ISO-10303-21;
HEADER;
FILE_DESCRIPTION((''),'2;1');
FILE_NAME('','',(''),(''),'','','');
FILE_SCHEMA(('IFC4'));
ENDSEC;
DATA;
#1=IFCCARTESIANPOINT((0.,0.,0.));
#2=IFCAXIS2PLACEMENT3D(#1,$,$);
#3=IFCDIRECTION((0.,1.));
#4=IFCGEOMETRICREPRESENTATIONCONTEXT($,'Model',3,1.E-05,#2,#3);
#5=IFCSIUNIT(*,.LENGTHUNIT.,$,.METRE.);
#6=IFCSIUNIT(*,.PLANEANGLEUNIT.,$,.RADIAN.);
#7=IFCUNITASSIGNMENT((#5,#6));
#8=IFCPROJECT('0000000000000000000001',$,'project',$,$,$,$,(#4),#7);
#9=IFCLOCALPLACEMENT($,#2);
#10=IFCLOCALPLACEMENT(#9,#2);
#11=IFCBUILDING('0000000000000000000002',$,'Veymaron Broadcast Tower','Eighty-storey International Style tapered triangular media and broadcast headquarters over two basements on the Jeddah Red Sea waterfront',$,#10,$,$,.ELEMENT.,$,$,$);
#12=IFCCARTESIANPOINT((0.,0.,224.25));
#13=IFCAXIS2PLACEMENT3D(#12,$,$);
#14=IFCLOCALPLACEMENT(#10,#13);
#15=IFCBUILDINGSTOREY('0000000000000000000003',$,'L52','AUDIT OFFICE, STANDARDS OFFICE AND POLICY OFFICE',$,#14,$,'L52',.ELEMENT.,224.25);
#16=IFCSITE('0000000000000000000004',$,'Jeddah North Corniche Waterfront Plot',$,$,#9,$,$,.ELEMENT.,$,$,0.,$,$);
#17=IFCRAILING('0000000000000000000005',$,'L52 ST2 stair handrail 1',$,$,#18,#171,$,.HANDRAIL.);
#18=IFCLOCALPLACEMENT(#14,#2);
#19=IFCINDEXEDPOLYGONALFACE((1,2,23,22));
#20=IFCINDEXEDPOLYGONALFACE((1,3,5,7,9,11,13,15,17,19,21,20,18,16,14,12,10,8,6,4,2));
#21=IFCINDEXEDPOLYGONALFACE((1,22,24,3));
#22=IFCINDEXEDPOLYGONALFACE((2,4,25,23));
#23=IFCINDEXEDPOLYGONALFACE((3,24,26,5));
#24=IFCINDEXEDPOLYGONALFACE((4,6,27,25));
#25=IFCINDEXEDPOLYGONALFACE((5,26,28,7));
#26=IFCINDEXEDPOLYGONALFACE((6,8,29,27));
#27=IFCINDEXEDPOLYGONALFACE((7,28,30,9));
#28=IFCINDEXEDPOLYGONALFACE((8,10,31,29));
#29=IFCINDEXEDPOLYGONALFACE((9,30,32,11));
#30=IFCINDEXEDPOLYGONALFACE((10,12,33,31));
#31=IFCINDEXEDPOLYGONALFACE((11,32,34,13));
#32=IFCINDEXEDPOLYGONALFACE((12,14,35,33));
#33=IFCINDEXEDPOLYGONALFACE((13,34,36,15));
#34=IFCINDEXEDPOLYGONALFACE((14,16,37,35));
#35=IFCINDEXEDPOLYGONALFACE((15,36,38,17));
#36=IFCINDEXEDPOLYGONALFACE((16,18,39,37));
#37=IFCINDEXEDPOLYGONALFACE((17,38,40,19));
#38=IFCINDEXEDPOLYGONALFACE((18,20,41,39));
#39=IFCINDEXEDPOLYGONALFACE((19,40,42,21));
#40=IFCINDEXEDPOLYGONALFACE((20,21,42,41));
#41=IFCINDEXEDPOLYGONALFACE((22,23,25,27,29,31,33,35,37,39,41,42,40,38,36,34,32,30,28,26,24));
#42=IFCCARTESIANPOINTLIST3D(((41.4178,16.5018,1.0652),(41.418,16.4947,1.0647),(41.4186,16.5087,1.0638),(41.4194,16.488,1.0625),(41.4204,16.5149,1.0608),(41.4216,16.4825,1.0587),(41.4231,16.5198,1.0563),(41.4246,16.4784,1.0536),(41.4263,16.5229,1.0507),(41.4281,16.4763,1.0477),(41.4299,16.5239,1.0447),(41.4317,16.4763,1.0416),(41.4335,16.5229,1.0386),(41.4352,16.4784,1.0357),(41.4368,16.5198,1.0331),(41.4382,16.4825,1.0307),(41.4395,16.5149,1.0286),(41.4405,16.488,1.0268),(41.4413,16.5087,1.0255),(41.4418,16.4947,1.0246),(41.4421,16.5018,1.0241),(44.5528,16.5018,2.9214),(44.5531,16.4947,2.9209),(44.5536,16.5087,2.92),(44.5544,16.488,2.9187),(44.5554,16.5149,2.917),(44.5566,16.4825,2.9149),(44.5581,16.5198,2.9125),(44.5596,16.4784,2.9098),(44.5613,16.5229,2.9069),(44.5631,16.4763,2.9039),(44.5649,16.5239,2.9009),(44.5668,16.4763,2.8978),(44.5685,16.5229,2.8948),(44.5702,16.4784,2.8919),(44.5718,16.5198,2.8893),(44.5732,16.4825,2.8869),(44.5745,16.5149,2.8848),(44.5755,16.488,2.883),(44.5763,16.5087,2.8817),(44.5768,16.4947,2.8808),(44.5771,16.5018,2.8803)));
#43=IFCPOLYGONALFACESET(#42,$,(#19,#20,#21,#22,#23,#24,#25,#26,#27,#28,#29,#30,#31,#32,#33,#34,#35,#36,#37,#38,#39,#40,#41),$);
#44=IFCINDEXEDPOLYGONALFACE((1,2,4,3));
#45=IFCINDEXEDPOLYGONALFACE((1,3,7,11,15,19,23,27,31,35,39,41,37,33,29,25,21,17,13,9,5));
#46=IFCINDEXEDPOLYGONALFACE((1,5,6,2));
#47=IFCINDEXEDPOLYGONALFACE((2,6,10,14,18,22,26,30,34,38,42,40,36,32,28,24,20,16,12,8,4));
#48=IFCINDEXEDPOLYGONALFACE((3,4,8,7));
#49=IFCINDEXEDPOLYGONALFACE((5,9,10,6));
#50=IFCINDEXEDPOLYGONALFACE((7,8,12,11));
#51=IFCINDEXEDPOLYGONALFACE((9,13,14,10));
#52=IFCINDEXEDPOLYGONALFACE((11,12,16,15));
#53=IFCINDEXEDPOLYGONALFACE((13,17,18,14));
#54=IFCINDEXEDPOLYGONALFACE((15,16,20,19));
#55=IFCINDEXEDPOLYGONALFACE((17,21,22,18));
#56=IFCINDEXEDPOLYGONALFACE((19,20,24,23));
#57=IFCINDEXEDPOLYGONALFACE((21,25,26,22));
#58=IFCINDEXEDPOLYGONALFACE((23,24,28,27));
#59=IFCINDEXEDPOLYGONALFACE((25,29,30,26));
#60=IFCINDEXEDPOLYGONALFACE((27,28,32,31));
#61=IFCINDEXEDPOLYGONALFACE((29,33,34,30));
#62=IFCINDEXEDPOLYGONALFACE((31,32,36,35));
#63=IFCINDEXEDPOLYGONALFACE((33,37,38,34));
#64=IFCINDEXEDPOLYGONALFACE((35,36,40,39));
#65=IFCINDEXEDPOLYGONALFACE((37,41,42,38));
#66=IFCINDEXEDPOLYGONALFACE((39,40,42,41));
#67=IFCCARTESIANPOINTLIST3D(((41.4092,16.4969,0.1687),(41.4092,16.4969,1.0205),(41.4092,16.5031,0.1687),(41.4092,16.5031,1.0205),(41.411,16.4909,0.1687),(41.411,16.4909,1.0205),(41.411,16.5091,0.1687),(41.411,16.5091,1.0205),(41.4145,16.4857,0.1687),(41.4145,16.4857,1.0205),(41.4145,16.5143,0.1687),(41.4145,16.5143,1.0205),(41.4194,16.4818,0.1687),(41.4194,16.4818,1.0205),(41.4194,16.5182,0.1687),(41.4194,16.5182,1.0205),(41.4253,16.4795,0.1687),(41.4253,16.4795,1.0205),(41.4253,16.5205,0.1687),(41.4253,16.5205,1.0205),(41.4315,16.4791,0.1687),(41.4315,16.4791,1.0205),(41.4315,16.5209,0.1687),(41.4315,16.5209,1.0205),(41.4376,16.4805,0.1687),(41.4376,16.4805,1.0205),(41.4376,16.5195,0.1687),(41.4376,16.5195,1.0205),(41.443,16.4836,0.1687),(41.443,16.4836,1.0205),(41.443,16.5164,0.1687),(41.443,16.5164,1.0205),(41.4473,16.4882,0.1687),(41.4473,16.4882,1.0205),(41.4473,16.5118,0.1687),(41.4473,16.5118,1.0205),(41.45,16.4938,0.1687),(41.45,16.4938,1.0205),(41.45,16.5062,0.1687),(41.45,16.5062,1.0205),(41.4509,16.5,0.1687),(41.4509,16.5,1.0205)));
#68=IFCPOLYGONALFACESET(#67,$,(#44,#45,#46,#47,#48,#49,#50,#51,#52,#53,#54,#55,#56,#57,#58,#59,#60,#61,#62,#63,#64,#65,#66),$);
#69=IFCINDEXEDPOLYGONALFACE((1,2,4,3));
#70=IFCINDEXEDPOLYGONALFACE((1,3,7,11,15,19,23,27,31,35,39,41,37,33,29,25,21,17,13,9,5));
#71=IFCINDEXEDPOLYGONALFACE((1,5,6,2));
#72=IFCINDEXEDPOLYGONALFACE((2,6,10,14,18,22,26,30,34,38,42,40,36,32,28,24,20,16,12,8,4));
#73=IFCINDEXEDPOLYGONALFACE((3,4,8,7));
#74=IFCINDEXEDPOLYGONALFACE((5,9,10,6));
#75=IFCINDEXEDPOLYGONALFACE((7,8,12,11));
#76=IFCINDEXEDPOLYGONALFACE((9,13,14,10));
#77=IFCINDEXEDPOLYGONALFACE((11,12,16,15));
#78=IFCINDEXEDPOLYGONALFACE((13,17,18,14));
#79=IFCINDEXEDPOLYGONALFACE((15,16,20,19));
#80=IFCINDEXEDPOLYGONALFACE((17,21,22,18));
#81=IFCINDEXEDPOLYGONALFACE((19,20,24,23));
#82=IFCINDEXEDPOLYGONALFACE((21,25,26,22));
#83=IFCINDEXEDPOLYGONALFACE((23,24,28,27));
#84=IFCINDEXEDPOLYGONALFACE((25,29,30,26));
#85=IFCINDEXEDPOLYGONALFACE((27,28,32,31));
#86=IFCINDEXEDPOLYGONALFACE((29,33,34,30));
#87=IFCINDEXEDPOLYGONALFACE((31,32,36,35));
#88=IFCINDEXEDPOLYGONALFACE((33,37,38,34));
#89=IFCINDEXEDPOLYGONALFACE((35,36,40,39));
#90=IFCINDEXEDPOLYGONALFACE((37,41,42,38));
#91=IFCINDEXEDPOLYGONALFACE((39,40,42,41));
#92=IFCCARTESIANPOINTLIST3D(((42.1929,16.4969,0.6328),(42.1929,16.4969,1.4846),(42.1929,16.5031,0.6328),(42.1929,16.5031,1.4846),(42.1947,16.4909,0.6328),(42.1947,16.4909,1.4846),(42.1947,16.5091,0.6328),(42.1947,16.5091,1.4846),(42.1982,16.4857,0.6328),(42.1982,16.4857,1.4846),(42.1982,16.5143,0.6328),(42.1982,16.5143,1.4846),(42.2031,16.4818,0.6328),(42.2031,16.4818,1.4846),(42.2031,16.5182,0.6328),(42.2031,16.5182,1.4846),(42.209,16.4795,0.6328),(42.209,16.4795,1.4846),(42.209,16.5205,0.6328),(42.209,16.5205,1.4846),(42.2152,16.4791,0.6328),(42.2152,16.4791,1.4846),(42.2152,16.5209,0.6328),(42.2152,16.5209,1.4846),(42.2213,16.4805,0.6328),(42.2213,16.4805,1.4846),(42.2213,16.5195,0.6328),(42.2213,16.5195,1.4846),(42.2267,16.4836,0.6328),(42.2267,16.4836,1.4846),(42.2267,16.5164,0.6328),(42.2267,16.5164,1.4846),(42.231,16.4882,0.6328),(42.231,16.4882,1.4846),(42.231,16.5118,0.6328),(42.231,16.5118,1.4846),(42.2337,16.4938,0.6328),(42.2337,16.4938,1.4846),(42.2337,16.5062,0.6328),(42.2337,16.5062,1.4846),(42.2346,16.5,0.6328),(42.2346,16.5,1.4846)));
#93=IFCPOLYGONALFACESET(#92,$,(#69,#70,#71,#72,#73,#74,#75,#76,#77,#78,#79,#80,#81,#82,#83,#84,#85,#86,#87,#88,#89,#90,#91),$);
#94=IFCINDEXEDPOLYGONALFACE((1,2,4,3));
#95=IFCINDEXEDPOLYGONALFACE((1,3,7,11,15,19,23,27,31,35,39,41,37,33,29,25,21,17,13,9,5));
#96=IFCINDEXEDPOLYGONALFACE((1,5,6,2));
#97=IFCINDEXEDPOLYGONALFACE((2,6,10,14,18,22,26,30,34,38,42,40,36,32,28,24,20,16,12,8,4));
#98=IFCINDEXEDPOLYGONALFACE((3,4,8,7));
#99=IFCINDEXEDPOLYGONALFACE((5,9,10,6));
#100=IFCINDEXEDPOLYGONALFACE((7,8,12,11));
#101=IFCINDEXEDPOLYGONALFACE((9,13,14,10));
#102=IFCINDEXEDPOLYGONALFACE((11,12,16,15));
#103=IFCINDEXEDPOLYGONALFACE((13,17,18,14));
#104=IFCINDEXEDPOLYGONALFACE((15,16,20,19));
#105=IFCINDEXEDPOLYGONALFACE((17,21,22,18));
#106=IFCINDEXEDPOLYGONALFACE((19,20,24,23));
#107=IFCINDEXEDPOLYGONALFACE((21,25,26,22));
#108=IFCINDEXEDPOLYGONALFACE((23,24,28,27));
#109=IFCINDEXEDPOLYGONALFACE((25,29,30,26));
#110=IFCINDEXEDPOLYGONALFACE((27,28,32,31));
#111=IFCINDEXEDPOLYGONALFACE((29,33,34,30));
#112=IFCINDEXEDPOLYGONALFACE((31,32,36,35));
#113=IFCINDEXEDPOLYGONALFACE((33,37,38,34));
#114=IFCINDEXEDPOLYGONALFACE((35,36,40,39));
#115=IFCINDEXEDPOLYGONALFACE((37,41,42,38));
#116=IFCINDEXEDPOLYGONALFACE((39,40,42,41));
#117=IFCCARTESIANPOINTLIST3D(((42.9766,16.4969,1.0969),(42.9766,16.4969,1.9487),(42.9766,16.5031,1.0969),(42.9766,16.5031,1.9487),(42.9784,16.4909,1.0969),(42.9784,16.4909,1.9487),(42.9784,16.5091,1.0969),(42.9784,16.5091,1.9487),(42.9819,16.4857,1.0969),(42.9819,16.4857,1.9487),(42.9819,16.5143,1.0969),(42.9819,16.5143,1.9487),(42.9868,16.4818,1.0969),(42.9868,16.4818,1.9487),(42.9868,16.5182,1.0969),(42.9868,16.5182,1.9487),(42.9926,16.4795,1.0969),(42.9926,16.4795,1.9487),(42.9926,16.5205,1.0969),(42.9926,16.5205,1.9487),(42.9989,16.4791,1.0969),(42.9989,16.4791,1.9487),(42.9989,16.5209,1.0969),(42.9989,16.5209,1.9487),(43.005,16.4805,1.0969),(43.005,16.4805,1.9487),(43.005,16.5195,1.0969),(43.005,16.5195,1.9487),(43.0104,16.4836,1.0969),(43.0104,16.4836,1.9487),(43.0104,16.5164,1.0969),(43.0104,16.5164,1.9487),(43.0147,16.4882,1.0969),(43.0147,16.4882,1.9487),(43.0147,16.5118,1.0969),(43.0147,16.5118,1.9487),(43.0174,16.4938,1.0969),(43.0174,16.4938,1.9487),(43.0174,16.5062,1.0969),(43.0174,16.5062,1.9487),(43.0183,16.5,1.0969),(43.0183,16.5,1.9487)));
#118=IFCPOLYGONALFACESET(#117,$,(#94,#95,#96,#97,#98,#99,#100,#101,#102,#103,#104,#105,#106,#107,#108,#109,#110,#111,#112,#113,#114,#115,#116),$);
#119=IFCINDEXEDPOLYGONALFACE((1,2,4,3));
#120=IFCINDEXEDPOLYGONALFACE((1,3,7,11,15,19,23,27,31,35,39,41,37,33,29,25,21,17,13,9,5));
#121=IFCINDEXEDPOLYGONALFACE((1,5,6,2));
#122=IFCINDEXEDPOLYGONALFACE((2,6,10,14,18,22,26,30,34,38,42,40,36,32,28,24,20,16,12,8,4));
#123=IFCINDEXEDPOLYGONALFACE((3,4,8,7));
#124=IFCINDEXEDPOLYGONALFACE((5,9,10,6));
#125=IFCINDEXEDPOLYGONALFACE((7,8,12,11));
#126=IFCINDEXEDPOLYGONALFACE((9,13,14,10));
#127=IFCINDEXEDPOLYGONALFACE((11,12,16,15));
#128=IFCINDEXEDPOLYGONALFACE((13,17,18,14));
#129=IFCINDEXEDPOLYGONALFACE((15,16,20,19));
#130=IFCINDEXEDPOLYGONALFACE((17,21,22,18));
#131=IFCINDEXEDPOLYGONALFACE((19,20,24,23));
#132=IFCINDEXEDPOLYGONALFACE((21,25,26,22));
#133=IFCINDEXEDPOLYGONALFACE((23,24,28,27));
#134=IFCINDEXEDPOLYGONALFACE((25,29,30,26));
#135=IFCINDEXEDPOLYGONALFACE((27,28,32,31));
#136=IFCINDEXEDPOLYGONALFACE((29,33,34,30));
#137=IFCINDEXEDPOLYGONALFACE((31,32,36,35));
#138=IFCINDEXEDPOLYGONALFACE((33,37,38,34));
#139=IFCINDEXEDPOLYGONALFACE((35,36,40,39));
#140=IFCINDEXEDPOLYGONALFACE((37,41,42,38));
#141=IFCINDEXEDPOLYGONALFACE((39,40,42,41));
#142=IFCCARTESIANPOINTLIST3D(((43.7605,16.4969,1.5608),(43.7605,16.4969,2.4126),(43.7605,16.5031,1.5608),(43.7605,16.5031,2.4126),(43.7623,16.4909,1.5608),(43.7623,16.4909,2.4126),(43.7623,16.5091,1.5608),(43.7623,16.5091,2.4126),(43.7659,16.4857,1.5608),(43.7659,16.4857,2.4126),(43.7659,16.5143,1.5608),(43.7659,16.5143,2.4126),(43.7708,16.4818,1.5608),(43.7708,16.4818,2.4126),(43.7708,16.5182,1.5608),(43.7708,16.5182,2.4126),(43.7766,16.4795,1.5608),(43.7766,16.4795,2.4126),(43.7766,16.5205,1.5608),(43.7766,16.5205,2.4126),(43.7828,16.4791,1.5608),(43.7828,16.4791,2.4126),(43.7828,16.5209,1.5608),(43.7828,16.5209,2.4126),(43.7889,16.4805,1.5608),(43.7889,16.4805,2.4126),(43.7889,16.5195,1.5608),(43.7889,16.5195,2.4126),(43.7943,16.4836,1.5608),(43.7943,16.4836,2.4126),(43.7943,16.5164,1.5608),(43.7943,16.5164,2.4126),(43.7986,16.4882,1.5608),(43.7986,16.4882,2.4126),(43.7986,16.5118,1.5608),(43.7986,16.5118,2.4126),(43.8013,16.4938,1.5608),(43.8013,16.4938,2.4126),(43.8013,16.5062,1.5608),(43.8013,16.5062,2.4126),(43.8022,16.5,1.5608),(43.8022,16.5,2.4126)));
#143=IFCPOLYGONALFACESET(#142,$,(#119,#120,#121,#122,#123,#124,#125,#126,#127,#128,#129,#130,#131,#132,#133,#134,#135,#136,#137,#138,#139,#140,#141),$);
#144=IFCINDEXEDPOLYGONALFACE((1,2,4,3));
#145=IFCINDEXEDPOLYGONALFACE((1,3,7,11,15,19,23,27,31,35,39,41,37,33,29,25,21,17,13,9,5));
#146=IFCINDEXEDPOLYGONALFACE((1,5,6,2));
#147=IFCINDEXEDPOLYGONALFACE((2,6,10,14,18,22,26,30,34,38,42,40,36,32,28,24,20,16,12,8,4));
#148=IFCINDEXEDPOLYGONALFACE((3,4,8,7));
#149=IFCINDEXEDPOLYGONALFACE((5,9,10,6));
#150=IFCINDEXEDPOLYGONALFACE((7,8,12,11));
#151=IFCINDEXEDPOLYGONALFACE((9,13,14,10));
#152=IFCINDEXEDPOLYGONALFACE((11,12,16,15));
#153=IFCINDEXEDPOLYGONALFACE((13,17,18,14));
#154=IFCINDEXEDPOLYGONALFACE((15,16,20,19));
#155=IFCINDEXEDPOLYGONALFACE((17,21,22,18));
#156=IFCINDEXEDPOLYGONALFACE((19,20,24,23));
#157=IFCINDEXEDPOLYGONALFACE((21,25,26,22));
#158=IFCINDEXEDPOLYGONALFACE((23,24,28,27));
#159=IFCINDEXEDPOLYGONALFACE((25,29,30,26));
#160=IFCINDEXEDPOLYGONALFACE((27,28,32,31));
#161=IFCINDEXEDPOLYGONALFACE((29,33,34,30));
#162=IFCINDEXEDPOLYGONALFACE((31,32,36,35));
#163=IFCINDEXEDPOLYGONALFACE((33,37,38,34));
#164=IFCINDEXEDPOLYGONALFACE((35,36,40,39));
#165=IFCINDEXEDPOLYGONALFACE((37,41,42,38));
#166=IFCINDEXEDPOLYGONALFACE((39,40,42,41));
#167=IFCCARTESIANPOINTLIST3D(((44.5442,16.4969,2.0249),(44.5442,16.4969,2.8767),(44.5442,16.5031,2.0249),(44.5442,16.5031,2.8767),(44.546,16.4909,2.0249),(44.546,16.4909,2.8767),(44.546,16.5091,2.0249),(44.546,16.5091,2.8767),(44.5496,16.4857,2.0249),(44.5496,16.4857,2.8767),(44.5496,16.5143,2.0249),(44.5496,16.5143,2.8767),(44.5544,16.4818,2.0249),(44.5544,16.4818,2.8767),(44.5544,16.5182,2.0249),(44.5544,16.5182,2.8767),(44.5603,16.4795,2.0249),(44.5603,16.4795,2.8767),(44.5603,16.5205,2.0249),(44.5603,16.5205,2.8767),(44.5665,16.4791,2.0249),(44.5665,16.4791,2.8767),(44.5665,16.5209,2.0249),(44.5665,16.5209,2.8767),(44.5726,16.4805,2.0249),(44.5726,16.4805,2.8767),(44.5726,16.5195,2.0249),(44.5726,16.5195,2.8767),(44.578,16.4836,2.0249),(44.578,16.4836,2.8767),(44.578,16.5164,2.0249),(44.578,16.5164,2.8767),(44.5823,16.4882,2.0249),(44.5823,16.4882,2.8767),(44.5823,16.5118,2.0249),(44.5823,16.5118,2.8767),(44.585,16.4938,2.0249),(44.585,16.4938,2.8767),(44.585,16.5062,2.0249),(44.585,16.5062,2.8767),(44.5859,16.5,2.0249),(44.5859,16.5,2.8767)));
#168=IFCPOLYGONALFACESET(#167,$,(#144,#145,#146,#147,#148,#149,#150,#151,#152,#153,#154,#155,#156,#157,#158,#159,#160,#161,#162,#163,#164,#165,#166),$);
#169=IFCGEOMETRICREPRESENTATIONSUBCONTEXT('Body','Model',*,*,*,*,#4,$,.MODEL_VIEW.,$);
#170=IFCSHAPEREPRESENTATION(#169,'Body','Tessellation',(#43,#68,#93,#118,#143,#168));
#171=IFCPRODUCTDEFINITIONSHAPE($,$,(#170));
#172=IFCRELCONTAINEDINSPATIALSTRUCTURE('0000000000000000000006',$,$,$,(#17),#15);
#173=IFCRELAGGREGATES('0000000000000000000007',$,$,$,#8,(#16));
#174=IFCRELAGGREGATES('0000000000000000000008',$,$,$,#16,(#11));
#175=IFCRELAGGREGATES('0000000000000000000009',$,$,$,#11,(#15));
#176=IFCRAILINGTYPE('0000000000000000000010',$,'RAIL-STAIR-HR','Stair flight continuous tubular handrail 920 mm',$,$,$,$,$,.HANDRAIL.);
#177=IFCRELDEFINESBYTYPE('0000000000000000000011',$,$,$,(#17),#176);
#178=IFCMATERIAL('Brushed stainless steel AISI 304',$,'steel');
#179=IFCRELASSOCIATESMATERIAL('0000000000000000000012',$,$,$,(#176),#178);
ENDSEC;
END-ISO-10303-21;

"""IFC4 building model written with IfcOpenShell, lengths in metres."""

from ifc_helpers import new_model, si_unit, direction, frame, origin, origin_2d, place, context, subcontext, project, spatial, circle, extrude, material, type_object, element, save


model = new_model("IFC4")

# Units and contexts
model_context = context("Model", 3, precision=1e-05, world=origin(), true_north=direction((0.0, 1.0)))
body_context = subcontext(model_context, "Body", "Model", "MODEL_VIEW")
ifc_project = project(units=[si_unit("LENGTHUNIT", "METRE"), si_unit("PLANEANGLEUNIT", "RADIAN")], contexts=[model_context])

# Site, building, storey
site_placement = place(None, origin())
site = spatial("IfcSite", under=ifc_project, at=site_placement, Name="Jeddah North Corniche Waterfront Plot", CompositionType="ELEMENT", RefElevation=0.0)
building_placement = place(site_placement, origin())
building = spatial("IfcBuilding", under=site, at=building_placement, Name="Veymaron Broadcast Tower", Description="Eighty-storey International Style tapered triangular media and broadcast headquarters over two basements on the Jeddah Red Sea waterfront", CompositionType="ELEMENT")
storey_placement = place(building_placement, frame((0.0, 0.0, 224.25)))
storey = spatial("IfcBuildingStorey", under=building, at=storey_placement, Name="L52", Description="AUDIT OFFICE, STANDARDS OFFICE AND POLICY OFFICE", LongName="L52", CompositionType="ELEMENT", Elevation=224.25)

# Railing
ifc_material_1 = material(Name="Brushed stainless steel AISI 304", Category="steel")
railing_type_1 = type_object("IfcRailingType", Name="RAIL-STAIR-HR", Description="Stair flight continuous tubular handrail 920 mm", PredefinedType="HANDRAIL", material=ifc_material_1)
railing_1_placement = place(storey_placement, frame((41.4299, 16.5, 0.1687)))
element("IfcRailing", 1, at=railing_1_placement, inside=storey, type_object=railing_type_1, Name="L52 ST2 stair handrail 1", PredefinedType="HANDRAIL", context=body_context, shape_type="SweptSolid", body=[
    extrude(circle(Radius=0.0239, at=origin_2d()), frame((0.0, 0.0, 0.876), z_axis=(0.860482, 0.0, 0.509481), x_axis=(0.0, 1.0, 0.0)), (0.0, 0.0, 1.0), 3.6433),
    extrude(circle(Radius=0.021, at=origin_2d()), origin(), (0.0, 0.0, 1.0), 0.8518),
    extrude(circle(Radius=0.021, at=origin_2d()), frame((0.7837, 0.0, 0.4641)), (0.0, 0.0, 1.0), 0.8518),
    extrude(circle(Radius=0.021, at=origin_2d()), frame((1.5674, 0.0, 0.9282)), (0.0, 0.0, 1.0), 0.8518),
    extrude(circle(Radius=0.021, at=origin_2d()), frame((2.3513, 0.0, 1.3921)), (0.0, 0.0, 1.0), 0.8518),
    extrude(circle(Radius=0.021, at=origin_2d()), frame((3.135, 0.0, 1.8562)), (0.0, 0.0, 1.0), 0.8518),
])

save(model, "model.ifc")
